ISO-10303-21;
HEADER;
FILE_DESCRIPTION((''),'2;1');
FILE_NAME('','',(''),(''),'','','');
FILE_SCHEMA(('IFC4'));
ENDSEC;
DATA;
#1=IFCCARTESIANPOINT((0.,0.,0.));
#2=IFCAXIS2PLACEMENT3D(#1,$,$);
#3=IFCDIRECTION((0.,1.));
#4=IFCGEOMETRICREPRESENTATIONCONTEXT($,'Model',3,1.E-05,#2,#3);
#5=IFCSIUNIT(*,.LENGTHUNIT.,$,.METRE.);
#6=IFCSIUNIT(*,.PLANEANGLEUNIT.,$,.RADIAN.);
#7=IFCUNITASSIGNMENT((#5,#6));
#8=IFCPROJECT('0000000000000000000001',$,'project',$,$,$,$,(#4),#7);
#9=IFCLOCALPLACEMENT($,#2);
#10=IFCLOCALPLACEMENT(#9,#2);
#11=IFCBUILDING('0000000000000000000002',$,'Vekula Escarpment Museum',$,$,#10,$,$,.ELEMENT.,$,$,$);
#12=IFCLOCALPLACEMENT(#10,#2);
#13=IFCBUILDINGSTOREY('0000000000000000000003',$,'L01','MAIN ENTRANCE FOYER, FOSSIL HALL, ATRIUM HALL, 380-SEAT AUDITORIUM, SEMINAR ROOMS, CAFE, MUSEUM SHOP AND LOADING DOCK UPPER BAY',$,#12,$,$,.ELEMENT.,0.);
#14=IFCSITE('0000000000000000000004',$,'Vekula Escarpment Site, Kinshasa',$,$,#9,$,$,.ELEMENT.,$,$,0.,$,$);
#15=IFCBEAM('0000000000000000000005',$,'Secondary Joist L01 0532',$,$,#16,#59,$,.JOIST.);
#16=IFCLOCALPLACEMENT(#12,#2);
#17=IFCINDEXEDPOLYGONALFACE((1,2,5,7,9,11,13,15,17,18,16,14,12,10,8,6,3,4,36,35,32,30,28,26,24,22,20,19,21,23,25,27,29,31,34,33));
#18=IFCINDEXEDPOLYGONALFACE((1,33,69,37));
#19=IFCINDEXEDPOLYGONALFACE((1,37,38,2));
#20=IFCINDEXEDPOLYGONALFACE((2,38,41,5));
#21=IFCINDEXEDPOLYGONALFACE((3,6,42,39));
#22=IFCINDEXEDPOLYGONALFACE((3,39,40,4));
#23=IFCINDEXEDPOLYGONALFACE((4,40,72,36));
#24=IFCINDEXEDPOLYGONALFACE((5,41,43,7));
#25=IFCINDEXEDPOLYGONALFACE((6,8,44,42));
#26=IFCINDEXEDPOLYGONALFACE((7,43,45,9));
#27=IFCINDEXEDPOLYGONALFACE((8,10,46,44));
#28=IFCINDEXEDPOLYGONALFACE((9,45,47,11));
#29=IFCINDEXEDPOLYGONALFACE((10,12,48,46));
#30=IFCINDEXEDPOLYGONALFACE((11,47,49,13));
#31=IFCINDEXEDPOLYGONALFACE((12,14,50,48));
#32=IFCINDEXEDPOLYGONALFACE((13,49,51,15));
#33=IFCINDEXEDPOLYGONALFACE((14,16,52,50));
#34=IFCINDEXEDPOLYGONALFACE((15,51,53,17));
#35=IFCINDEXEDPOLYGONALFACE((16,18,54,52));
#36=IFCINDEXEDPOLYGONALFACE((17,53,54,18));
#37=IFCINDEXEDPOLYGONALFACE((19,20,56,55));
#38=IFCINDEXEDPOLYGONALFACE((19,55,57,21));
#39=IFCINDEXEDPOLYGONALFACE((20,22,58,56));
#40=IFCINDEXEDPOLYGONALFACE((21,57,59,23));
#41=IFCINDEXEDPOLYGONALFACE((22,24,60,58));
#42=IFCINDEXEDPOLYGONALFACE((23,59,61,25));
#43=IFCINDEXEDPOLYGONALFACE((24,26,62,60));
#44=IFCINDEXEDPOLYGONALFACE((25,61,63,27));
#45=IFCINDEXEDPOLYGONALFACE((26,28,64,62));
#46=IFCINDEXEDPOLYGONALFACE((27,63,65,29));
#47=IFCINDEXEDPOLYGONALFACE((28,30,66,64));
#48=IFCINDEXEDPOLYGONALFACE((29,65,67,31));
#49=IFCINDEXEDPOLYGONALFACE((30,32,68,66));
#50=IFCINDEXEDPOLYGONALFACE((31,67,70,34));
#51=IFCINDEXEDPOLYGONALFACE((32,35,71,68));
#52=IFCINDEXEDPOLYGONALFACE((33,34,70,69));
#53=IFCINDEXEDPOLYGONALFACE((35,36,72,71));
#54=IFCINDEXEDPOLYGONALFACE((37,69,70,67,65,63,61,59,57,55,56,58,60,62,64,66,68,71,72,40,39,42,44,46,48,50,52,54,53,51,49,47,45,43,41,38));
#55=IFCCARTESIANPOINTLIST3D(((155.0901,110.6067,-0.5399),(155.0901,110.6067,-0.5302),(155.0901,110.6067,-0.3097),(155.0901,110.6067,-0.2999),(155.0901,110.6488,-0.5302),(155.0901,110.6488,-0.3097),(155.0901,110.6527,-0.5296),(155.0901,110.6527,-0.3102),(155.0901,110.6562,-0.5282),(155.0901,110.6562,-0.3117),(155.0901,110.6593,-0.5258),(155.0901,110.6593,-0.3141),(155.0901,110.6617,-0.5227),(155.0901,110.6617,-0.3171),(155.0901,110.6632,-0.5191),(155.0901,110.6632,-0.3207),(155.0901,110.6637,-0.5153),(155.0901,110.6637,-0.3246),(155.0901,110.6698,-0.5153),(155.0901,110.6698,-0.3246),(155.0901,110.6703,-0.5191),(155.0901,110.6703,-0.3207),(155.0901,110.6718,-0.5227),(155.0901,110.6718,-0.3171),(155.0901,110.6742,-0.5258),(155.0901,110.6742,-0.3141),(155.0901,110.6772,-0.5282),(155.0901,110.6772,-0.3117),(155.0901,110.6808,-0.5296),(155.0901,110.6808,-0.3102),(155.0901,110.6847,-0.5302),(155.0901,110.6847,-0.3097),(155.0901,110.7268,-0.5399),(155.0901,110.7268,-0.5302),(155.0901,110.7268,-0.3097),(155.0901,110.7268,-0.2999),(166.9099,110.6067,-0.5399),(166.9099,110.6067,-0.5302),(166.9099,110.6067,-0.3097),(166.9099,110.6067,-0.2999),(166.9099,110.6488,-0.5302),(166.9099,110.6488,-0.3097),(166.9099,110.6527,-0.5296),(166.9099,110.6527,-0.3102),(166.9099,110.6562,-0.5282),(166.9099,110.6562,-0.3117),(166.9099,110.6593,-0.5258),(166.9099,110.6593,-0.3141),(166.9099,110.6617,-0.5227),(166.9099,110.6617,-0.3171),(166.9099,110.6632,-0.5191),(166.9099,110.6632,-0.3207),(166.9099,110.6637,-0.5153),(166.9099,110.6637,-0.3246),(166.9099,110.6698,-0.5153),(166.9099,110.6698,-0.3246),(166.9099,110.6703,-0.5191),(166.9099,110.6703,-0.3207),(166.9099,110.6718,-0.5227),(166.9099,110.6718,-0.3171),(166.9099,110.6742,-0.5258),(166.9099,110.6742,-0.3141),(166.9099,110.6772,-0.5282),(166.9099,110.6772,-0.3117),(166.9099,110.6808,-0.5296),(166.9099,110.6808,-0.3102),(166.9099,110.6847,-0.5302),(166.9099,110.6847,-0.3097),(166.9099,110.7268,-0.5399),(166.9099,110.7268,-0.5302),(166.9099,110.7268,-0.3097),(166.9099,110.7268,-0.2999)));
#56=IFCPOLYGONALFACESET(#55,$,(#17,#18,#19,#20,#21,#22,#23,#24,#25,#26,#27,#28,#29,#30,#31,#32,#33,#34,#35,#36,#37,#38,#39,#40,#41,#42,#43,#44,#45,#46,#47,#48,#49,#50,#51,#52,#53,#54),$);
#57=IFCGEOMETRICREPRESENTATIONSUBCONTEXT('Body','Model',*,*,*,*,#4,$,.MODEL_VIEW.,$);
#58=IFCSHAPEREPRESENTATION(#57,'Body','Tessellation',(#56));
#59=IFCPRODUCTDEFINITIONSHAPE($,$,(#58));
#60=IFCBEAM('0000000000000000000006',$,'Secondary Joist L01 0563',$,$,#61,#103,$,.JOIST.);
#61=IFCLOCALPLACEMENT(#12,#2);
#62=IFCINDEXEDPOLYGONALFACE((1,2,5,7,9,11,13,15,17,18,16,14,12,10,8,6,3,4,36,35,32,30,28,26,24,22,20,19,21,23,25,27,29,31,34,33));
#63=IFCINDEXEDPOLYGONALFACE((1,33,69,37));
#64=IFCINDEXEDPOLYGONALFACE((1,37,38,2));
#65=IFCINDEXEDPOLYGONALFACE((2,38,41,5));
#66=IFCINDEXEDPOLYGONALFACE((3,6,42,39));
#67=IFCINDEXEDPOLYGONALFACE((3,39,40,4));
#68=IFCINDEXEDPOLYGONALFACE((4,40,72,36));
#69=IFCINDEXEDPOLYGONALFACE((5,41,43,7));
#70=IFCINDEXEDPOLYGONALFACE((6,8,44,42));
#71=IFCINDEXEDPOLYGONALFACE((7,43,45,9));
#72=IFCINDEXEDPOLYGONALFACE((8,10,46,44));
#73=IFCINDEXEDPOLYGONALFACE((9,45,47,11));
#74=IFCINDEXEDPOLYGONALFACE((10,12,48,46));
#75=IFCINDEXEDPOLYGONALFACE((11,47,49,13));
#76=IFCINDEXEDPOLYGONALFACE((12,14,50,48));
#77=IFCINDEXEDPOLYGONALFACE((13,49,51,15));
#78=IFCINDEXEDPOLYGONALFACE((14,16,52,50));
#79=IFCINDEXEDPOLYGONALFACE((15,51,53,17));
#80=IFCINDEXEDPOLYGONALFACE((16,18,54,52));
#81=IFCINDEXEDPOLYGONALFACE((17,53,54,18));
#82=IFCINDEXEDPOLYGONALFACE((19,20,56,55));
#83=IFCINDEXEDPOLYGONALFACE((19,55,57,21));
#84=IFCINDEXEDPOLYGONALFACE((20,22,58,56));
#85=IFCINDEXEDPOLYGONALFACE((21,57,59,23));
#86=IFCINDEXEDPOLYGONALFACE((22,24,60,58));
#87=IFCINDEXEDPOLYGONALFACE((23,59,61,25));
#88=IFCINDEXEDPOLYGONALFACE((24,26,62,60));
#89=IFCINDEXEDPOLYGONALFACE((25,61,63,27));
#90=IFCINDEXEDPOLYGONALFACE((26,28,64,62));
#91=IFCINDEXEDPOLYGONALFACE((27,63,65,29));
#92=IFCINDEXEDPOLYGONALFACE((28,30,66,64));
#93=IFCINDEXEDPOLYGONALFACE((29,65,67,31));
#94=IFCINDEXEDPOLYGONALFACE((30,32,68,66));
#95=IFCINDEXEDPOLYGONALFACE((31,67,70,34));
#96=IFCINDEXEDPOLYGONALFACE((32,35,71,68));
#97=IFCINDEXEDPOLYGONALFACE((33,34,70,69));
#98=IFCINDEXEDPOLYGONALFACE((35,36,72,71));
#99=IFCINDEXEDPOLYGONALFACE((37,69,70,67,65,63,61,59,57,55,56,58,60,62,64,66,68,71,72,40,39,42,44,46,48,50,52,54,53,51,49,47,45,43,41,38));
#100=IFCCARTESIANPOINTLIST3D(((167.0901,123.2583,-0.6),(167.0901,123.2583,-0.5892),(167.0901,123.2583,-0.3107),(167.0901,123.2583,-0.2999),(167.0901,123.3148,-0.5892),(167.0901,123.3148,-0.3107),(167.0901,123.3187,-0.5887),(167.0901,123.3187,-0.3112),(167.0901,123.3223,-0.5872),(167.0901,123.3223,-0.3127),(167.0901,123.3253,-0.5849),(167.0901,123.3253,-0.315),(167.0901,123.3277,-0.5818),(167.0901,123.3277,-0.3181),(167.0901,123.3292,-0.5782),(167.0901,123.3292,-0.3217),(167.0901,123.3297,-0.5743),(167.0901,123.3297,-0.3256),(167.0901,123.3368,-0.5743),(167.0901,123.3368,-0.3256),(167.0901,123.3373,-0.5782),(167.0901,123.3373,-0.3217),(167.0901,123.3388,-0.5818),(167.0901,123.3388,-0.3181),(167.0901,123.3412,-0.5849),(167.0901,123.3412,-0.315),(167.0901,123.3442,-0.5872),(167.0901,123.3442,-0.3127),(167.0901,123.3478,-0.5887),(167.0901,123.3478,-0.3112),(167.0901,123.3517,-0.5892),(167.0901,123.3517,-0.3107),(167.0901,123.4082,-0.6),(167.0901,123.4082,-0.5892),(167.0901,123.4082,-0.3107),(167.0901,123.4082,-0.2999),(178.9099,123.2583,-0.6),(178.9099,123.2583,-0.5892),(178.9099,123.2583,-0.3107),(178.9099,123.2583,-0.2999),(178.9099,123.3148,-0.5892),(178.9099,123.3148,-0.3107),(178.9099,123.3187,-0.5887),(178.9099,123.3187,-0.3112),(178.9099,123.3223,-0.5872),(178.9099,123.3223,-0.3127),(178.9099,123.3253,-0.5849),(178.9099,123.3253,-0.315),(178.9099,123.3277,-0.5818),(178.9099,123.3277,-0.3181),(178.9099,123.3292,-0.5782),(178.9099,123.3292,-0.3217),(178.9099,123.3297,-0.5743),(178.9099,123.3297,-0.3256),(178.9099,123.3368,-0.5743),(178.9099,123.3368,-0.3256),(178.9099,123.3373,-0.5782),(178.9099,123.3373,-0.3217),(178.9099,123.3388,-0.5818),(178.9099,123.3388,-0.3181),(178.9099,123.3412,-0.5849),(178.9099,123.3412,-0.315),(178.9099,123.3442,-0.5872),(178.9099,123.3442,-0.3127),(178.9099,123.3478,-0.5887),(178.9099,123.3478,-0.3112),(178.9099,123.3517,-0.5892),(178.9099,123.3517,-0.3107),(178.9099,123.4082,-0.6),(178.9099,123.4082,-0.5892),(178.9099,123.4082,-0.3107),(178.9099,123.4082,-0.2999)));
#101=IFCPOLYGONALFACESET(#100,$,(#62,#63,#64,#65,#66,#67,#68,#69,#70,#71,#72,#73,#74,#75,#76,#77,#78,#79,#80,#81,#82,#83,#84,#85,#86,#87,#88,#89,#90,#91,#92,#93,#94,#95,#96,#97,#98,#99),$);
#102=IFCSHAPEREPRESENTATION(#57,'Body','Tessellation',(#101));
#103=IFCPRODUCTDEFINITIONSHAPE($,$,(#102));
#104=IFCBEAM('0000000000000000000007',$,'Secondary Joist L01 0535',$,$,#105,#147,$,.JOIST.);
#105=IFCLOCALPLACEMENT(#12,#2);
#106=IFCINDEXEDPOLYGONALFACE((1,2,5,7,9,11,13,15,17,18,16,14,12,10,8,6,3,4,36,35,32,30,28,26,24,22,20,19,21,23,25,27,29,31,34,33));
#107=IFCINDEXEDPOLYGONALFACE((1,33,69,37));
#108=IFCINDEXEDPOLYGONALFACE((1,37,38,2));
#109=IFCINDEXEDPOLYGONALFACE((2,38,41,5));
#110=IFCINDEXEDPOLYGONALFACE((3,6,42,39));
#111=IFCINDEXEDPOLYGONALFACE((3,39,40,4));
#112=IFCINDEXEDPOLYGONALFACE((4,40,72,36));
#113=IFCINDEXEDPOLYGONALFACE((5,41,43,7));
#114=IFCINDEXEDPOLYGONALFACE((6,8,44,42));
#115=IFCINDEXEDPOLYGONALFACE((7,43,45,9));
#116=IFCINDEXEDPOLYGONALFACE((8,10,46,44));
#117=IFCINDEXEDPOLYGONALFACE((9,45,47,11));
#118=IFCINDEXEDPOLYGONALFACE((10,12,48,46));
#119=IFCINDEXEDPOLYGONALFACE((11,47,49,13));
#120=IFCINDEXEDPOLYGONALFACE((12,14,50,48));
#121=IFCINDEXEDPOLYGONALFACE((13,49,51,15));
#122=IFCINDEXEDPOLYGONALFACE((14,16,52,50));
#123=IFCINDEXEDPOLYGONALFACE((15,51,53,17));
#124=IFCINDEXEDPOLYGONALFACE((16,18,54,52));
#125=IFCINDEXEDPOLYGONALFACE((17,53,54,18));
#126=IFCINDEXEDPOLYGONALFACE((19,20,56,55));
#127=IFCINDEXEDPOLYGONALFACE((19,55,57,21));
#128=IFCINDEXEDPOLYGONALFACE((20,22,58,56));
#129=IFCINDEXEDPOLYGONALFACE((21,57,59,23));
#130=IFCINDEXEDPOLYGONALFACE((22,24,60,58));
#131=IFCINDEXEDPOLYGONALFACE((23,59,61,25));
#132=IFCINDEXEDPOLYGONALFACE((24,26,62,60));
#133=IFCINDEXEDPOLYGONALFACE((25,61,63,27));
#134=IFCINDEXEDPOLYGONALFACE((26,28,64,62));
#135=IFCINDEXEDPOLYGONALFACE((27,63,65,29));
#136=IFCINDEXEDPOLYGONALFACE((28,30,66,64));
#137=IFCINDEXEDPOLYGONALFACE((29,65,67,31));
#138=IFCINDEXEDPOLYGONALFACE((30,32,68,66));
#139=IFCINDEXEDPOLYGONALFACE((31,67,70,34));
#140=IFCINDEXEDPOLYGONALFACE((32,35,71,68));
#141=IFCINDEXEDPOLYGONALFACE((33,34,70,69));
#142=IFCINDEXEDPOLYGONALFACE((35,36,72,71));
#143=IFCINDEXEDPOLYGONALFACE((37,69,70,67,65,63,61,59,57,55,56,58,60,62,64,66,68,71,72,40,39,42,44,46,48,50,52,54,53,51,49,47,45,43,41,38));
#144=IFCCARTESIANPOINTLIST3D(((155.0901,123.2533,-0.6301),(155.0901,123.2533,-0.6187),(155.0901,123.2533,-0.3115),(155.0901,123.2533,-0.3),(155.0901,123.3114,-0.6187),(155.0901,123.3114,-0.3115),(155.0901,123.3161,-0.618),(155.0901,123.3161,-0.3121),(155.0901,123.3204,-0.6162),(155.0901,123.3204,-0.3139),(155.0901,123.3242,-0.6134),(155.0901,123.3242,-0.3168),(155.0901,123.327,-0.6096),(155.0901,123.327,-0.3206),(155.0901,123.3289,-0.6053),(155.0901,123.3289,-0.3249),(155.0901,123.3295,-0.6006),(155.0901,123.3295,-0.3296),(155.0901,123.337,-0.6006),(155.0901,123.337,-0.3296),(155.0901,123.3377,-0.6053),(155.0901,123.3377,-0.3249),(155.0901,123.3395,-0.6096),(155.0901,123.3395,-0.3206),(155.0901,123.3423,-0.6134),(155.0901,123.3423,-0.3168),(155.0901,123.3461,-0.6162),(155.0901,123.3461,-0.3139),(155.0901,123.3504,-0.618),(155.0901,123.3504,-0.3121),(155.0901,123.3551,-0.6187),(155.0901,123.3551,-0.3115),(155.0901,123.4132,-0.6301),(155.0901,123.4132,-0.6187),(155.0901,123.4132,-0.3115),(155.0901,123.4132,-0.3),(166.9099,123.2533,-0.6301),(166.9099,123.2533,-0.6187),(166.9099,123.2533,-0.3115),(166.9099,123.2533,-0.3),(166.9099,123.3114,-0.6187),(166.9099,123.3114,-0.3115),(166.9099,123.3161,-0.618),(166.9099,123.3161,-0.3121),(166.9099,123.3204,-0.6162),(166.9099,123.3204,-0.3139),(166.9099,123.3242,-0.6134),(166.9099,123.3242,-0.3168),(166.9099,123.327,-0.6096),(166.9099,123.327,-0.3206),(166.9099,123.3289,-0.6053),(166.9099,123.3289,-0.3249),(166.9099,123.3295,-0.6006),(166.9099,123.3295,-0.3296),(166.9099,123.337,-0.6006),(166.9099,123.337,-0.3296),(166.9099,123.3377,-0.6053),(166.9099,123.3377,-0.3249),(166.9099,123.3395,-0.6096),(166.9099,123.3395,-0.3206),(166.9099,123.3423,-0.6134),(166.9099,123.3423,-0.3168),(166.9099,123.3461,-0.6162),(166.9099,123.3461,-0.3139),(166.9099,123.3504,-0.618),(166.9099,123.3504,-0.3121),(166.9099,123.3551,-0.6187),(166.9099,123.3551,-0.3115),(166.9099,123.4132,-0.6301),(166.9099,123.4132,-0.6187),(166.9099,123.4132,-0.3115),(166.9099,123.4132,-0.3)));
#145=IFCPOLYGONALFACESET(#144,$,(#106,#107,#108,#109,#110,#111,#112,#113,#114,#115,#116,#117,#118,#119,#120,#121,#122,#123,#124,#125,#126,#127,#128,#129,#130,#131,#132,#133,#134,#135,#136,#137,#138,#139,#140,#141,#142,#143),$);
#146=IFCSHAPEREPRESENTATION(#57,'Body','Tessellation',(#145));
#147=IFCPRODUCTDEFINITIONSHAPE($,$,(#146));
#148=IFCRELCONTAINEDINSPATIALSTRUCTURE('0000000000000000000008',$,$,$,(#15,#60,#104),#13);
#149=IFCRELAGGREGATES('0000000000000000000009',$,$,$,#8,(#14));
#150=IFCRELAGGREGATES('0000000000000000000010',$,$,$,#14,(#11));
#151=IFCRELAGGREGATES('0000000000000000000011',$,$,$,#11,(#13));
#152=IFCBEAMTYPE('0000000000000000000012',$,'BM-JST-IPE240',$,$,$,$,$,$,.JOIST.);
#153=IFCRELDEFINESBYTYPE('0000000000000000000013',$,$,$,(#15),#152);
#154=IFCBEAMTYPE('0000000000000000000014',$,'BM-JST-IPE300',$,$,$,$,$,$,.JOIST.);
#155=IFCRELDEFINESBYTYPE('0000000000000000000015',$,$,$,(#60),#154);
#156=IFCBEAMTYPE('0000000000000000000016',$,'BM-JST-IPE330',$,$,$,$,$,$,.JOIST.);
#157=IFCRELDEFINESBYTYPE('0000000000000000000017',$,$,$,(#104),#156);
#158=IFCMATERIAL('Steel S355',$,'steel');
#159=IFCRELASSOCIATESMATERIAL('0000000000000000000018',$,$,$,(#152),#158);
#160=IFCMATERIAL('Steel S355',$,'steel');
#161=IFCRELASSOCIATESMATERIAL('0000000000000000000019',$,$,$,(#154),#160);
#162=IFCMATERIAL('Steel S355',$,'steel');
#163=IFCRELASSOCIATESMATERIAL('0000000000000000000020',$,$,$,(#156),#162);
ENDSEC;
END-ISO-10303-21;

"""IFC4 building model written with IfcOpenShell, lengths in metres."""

from ifc_helpers import new_model, si_unit, direction, frame, origin, origin_2d, place, context, subcontext, project, spatial, i_section, extrude, material, material_profile, profile_set, type_object, element, save


model = new_model("IFC4")

# Units and contexts
model_context = context("Model", 3, precision=1e-05, world=origin(), true_north=direction((0.0, 1.0)))
body_context = subcontext(model_context, "Body", "Model", "MODEL_VIEW")
ifc_project = project(units=[si_unit("LENGTHUNIT", "METRE"), si_unit("PLANEANGLEUNIT", "RADIAN")], contexts=[model_context])

# Site, building, storey
site_placement = place(None, origin())
site = spatial("IfcSite", under=ifc_project, at=site_placement, Name="Vekula Escarpment Site, Kinshasa", CompositionType="ELEMENT", RefElevation=0.0)
building_placement = place(site_placement, origin())
building = spatial("IfcBuilding", under=site, at=building_placement, Name="Vekula Escarpment Museum", CompositionType="ELEMENT")
storey_placement = place(building_placement, origin())
storey = spatial("IfcBuildingStorey", under=building, at=storey_placement, Name="L01", Description="MAIN ENTRANCE FOYER, FOSSIL HALL, ATRIUM HALL, 380-SEAT AUDITORIUM, SEMINAR ROOMS, CAFE, MUSEUM SHOP AND LOADING DOCK UPPER BAY", CompositionType="ELEMENT", Elevation=0.0)

# Beams
ifc_material_1 = material(Name="Steel S355", Category="steel")
ifc_material_profile_1 = material_profile(ifc_material_1, i_section(OverallWidth=0.1201, OverallDepth=0.24, WebThickness=0.0061, FlangeThickness=0.0098, FilletRadius=0.0149, at=origin_2d()), Name="IPE 240")
ifc_profile_set_1 = profile_set([ifc_material_profile_1], Name="Steel S355")
beam_type_1 = type_object("IfcBeamType", Name="BM-JST-IPE240", PredefinedType="JOIST", material=ifc_profile_set_1)
beam_1_placement = place(storey_placement, frame((155.0901, 110.6667, -0.4199), z_axis=(1.0, 0.0, 0.0), x_axis=(0.0, 1.0, 0.0)))
element("IfcBeam", 1, at=beam_1_placement, inside=storey, type_object=beam_type_1, Name="Secondary Joist L01 0532", PredefinedType="JOIST", context=body_context, shape_type="SweptSolid", body=[
    extrude(i_section(OverallWidth=0.1201, OverallDepth=0.24, WebThickness=0.0061, FlangeThickness=0.0098, FilletRadius=0.0149, at=origin_2d()), origin(), (0.0, 0.0, 1.0), 11.8198),
])
ifc_material_2 = material(Name="Steel S355", Category="steel")
ifc_material_profile_2 = material_profile(ifc_material_2, i_section(OverallWidth=0.1499, OverallDepth=0.3, WebThickness=0.0071, FlangeThickness=0.0107, FilletRadius=0.0149, at=origin_2d()), Name="IPE 300")
ifc_profile_set_2 = profile_set([ifc_material_profile_2], Name="Steel S355")
beam_type_2 = type_object("IfcBeamType", Name="BM-JST-IPE300", PredefinedType="JOIST", material=ifc_profile_set_2)
beam_2_placement = place(storey_placement, frame((167.0901, 123.3333, -0.45), z_axis=(1.0, 0.0, 0.0), x_axis=(0.0, 1.0, 0.0)))
element("IfcBeam", 2, at=beam_2_placement, inside=storey, type_object=beam_type_2, Name="Secondary Joist L01 0563", PredefinedType="JOIST", context=body_context, shape_type="SweptSolid", body=[
    extrude(i_section(OverallWidth=0.1499, OverallDepth=0.3, WebThickness=0.0071, FlangeThickness=0.0107, FilletRadius=0.0149, at=origin_2d()), origin(), (0.0, 0.0, 1.0), 11.8198),
])
ifc_material_3 = material(Name="Steel S355", Category="steel")
ifc_material_profile_3 = material_profile(ifc_material_3, i_section(OverallWidth=0.1599, OverallDepth=0.3301, WebThickness=0.0076, FlangeThickness=0.0115, FilletRadius=0.0181, at=origin_2d()), Name="IPE 330")
ifc_profile_set_3 = profile_set([ifc_material_profile_3], Name="Steel S355")
beam_type_3 = type_object("IfcBeamType", Name="BM-JST-IPE330", PredefinedType="JOIST", material=ifc_profile_set_3)
beam_3_placement = place(storey_placement, frame((155.0901, 123.3333, -0.4651), z_axis=(1.0, 0.0, 0.0), x_axis=(0.0, 1.0, 0.0)))
element("IfcBeam", 3, at=beam_3_placement, inside=storey, type_object=beam_type_3, Name="Secondary Joist L01 0535", PredefinedType="JOIST", context=body_context, shape_type="SweptSolid", body=[
    extrude(i_section(OverallWidth=0.1599, OverallDepth=0.3301, WebThickness=0.0076, FlangeThickness=0.0115, FilletRadius=0.0181, at=origin_2d()), origin(), (0.0, 0.0, 1.0), 11.8198),
])

save(model, "model.ifc")
